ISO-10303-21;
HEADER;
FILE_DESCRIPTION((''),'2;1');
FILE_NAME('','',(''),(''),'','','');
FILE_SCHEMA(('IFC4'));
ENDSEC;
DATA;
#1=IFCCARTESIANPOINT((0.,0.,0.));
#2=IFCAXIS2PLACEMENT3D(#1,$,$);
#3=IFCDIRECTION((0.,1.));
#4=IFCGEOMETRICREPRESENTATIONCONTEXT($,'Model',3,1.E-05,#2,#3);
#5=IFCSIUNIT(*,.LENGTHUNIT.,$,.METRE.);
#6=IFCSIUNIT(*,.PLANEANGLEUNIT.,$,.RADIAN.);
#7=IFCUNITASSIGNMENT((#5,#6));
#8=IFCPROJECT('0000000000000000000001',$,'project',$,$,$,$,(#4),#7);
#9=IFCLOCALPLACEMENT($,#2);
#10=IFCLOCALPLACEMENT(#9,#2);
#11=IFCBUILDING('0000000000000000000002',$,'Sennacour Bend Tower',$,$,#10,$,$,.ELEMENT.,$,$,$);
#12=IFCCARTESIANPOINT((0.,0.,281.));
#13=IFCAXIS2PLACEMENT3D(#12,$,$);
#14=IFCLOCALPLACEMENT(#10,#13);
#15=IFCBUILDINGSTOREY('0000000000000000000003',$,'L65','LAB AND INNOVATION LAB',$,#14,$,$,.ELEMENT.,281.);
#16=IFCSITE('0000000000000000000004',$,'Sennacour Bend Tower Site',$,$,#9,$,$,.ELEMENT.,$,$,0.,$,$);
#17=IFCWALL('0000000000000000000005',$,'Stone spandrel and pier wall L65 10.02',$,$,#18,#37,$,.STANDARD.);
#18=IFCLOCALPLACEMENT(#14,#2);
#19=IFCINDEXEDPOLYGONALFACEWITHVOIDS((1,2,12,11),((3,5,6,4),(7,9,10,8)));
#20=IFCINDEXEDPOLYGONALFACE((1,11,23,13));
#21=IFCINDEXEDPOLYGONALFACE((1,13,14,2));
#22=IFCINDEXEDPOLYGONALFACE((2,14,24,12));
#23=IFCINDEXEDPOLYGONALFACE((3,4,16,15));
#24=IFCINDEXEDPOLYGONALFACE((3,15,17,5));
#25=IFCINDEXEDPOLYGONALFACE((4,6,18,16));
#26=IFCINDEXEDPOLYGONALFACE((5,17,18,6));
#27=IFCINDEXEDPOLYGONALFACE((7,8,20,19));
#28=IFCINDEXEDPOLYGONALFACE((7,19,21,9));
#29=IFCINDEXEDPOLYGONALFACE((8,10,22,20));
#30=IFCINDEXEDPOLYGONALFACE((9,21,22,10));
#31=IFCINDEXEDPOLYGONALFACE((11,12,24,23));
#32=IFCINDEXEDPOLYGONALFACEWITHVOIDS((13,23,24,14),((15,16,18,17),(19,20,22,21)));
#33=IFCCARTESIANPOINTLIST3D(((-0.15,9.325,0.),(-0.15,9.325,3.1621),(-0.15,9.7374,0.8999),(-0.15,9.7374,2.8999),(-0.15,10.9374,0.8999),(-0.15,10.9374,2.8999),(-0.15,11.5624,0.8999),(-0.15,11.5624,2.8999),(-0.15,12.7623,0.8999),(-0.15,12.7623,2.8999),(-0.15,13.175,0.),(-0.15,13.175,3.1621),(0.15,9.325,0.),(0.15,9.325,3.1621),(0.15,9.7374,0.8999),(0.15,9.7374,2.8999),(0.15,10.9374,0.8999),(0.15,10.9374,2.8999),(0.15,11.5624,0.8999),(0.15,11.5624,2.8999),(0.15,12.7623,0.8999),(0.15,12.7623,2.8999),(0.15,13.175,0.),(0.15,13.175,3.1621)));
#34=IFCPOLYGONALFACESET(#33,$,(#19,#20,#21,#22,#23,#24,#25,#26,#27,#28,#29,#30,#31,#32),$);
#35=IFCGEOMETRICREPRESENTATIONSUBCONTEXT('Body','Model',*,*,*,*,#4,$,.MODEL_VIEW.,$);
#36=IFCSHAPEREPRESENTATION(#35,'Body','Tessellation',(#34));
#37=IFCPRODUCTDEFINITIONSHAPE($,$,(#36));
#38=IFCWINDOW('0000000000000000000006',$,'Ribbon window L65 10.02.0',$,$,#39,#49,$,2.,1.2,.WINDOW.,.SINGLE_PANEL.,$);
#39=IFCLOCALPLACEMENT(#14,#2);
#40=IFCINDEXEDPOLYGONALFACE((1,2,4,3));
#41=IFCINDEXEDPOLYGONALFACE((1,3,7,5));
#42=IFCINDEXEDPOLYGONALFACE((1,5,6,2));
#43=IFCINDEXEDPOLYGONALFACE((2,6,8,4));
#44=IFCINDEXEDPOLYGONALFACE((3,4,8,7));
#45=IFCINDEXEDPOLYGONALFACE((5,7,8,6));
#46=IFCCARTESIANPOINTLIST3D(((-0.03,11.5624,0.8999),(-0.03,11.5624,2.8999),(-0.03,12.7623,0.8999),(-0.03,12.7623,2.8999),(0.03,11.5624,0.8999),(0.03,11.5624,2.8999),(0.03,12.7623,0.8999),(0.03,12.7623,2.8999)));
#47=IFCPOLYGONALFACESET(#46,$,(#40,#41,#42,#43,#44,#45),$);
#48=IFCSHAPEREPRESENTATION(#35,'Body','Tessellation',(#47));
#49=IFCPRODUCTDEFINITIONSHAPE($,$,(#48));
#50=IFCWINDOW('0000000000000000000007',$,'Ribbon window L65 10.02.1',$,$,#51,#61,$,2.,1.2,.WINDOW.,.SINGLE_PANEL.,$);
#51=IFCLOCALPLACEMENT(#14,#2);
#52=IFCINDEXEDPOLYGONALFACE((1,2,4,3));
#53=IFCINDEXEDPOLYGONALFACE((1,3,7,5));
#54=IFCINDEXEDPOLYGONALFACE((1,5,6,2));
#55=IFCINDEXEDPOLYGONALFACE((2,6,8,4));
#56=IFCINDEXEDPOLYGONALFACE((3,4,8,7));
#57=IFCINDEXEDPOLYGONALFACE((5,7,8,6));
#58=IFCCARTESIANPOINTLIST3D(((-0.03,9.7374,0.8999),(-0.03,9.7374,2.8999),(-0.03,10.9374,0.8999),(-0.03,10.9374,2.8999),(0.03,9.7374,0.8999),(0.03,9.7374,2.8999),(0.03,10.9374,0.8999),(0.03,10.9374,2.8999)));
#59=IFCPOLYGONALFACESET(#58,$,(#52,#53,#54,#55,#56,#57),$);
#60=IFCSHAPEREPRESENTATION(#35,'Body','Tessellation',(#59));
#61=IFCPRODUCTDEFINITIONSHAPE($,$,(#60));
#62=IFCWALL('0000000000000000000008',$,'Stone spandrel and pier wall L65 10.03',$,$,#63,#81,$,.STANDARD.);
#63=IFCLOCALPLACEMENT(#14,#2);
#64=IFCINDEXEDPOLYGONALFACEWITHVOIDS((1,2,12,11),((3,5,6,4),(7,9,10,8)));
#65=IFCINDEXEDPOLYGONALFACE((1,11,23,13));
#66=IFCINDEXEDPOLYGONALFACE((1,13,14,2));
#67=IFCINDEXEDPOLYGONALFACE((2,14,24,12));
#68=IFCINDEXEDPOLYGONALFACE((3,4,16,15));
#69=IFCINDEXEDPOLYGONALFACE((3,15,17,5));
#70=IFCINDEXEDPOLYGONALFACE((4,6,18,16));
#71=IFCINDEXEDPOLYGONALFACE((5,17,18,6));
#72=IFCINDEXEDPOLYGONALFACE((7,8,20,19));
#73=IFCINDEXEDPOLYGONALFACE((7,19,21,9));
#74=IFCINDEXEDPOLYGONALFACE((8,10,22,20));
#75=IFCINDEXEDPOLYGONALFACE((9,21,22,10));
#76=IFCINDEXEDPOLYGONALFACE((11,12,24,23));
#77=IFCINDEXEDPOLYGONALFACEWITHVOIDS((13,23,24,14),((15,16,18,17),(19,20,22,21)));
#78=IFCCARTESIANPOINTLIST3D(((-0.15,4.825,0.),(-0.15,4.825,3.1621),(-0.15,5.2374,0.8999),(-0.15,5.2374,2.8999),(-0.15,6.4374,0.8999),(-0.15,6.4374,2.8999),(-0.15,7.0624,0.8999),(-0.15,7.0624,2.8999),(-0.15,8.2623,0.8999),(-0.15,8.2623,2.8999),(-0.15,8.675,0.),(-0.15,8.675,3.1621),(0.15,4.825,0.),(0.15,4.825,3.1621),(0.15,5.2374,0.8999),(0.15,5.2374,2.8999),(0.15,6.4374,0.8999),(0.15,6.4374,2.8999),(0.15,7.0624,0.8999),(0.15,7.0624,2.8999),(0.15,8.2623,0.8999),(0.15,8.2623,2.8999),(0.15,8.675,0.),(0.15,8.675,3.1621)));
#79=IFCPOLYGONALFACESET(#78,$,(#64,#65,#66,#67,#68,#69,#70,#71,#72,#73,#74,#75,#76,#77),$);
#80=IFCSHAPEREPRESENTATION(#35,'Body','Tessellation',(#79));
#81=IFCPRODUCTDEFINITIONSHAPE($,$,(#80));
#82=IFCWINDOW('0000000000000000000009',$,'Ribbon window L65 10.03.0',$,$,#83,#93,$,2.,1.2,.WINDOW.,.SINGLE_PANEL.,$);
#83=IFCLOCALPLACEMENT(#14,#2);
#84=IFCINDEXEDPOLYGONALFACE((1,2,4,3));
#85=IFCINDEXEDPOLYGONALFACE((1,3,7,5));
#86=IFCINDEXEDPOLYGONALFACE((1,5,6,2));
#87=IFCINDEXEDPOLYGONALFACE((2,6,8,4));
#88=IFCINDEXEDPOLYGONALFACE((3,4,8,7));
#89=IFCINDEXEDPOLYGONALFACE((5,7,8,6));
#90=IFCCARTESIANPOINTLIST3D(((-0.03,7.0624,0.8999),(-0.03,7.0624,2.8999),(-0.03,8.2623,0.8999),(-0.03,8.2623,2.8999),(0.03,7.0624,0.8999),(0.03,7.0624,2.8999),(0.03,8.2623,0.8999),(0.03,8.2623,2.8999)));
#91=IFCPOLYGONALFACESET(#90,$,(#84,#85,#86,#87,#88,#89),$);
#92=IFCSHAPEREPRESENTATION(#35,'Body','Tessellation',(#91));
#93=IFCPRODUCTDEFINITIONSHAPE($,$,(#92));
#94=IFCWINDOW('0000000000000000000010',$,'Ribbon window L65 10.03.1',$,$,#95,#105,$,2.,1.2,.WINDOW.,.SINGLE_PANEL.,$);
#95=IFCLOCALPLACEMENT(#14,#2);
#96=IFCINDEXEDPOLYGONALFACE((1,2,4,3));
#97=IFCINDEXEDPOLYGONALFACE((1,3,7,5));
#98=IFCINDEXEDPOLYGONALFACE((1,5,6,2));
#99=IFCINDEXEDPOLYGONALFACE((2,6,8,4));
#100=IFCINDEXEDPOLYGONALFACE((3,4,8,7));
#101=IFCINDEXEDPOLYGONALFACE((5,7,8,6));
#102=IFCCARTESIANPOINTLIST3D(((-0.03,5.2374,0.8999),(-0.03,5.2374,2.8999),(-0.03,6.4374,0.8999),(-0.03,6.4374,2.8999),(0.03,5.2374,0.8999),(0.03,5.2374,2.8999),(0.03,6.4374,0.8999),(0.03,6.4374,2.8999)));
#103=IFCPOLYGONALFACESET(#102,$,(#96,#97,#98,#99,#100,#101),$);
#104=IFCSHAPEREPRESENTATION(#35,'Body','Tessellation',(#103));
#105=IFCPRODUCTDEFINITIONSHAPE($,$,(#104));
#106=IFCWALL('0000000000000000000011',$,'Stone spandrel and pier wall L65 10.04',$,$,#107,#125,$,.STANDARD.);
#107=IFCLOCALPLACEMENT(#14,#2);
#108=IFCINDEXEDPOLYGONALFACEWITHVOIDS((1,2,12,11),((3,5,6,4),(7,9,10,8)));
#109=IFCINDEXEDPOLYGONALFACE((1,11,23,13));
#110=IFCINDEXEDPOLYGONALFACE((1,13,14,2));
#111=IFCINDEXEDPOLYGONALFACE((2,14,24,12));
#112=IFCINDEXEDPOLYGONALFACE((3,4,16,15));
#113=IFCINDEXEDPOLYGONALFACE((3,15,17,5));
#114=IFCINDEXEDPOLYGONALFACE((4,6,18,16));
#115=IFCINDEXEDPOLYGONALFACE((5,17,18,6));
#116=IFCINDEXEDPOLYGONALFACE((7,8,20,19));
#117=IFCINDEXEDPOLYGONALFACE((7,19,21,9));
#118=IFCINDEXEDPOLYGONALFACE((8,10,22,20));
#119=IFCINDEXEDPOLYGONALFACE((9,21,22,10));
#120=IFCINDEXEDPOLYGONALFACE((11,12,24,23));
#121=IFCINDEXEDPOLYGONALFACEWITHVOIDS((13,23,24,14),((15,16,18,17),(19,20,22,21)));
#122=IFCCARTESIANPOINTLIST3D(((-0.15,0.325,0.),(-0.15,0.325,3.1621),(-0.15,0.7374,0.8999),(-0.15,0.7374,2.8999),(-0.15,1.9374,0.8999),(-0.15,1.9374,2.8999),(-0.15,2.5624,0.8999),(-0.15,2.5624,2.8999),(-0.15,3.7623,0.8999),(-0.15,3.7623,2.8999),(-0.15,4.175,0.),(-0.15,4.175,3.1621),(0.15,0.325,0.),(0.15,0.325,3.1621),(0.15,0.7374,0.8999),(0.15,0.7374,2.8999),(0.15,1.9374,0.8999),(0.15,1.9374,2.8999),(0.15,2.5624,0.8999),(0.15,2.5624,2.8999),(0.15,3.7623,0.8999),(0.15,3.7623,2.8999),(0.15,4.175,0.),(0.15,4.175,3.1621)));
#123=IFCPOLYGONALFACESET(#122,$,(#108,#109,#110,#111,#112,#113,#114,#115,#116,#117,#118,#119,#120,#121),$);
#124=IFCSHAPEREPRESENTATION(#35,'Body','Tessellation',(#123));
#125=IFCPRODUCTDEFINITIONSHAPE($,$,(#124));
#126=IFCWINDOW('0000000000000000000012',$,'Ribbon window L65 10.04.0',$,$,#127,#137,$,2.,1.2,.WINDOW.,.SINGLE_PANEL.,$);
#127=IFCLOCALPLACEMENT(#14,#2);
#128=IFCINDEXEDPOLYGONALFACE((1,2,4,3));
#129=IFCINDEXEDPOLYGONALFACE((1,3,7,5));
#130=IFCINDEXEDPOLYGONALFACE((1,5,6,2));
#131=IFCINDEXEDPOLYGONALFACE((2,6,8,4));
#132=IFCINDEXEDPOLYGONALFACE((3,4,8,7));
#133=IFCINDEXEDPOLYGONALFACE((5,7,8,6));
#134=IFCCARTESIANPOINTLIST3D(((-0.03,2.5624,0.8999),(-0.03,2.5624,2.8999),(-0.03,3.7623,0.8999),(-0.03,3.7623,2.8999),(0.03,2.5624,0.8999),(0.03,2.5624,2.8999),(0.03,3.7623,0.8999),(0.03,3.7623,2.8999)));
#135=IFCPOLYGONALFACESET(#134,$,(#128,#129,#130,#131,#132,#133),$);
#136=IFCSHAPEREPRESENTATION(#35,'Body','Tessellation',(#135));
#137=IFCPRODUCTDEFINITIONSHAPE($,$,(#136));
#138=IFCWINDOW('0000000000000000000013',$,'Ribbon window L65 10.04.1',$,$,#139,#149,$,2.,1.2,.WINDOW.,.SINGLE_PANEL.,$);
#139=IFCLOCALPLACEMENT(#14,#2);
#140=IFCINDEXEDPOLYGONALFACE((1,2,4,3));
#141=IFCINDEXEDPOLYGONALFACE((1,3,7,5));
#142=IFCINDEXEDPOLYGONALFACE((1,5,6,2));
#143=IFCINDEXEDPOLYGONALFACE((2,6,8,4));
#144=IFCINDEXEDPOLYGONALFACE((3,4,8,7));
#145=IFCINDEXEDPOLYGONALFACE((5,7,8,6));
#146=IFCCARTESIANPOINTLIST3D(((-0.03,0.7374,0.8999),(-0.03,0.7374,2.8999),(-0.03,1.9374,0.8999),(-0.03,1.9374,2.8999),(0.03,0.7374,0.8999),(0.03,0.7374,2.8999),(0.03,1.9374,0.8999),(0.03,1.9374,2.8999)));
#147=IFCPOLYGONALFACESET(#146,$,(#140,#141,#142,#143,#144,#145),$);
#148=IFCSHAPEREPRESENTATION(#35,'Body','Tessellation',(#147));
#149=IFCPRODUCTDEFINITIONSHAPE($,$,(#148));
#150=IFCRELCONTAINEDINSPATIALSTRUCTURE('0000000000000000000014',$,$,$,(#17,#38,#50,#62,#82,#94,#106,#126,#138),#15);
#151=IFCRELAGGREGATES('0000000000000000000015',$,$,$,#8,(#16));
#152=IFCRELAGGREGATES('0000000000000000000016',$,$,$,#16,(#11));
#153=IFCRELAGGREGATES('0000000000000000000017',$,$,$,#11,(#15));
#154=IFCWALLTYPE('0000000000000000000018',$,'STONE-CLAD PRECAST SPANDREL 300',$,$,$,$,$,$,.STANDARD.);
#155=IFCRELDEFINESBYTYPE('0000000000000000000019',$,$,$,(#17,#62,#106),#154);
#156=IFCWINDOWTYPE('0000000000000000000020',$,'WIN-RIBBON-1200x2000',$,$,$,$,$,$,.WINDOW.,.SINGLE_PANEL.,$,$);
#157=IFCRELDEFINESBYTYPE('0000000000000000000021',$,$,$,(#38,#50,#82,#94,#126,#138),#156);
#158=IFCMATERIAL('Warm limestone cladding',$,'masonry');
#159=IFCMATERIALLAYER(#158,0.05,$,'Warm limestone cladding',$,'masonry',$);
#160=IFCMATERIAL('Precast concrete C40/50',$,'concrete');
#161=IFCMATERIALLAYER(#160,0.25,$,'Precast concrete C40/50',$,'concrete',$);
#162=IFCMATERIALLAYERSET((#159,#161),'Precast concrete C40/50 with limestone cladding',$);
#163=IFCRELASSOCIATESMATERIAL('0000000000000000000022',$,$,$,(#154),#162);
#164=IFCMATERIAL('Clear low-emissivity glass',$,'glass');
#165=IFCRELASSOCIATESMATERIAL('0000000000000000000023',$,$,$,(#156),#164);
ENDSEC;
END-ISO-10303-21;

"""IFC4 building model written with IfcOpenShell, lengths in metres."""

from ifc_helpers import new_model, si_unit, direction, frame, frame_2d, origin, place, context, subcontext, project, spatial, rectangle, extrude, material, layer, layer_set, type_object, element, fill, save


model = new_model("IFC4")

# Units and contexts
model_context = context("Model", 3, precision=1e-05, world=origin(), true_north=direction((0.0, 1.0)))
body_context = subcontext(model_context, "Body", "Model", "MODEL_VIEW")
ifc_project = project(units=[si_unit("LENGTHUNIT", "METRE"), si_unit("PLANEANGLEUNIT", "RADIAN")], contexts=[model_context])

# Site, building, storey
site_placement = place(None, origin())
site = spatial("IfcSite", under=ifc_project, at=site_placement, Name="Sennacour Bend Tower Site", CompositionType="ELEMENT", RefElevation=0.0)
building_placement = place(site_placement, origin())
building = spatial("IfcBuilding", under=site, at=building_placement, Name="Sennacour Bend Tower", CompositionType="ELEMENT")
storey_placement = place(building_placement, frame((0.0, 0.0, 281.0)))
storey = spatial("IfcBuildingStorey", under=building, at=storey_placement, Name="L65", Description="LAB AND INNOVATION LAB", CompositionType="ELEMENT", Elevation=281.0)

# Walls, openings, windows
ifc_material_1 = material(Name="Warm limestone cladding", Category="masonry")
ifc_layer_1 = layer(ifc_material_1, 0.05, Name="Warm limestone cladding", Category="masonry")
ifc_material_2 = material(Name="Precast concrete C40/50", Category="concrete")
ifc_layer_2 = layer(ifc_material_2, 0.25, Name="Precast concrete C40/50", Category="concrete")
ifc_layer_set_1 = layer_set([ifc_layer_1, ifc_layer_2], Name="Precast concrete C40/50 with limestone cladding")
wall_type_1 = type_object("IfcWallType", Name="STONE-CLAD PRECAST SPANDREL 300", PredefinedType="STANDARD", material=ifc_layer_set_1)
wall_1_placement = place(storey_placement, frame((0.0, 13.175, 0.0), z_axis=(0.0, 0.0, 1.0), x_axis=(0.0, -1.0, 0.0)))
wall_1 = element("IfcWall", 1, at=wall_1_placement, inside=storey, type_object=wall_type_1, Name="Stone spandrel and pier wall L65 10.02", PredefinedType="STANDARD", context=body_context, shape_type="SweptSolid", body=[
    extrude(rectangle(XDim=3.8501, YDim=0.3, at=frame_2d((1.925, 0.0))), origin(), (0.0, 0.0, 1.0), 3.1621),
])
opening_1_placement = place(wall_1_placement, frame((0.4126, 0.0, 0.8999)))
opening_1 = element("IfcOpeningElement", 2, at=opening_1_placement, cuts=wall_1, PredefinedType="OPENING", context=body_context, shape_type="SweptSolid", body=[
    extrude(rectangle(XDim=1.2, YDim=2.0, at=frame_2d((0.6001, 1.0))), frame((0.0, 0.1602, 0.0), z_axis=(0.0, -1.0, 0.0), x_axis=(1.0, 0.0, 0.0)), (0.0, 0.0, 1.0), 0.3201),
])
opening_2_placement = place(wall_1_placement, frame((2.2375, 0.0, 0.8999)))
opening_2 = element("IfcOpeningElement", 3, at=opening_2_placement, cuts=wall_1, PredefinedType="OPENING", context=body_context, shape_type="SweptSolid", body=[
    extrude(rectangle(XDim=1.2, YDim=2.0, at=frame_2d((0.6001, 1.0))), frame((0.0, 0.1602, 0.0), z_axis=(0.0, -1.0, 0.0), x_axis=(1.0, 0.0, 0.0)), (0.0, 0.0, 1.0), 0.3201),
])
ifc_material_3 = material(Name="Clear low-emissivity glass", Category="glass")
window_type = type_object("IfcWindowType", Name="WIN-RIBBON-1200x2000", PartitioningType="SINGLE_PANEL", PredefinedType="WINDOW", material=ifc_material_3)
window_1_placement = place(opening_1_placement, origin())
window_1 = element("IfcWindow", 4, at=window_1_placement, inside=storey, type_object=window_type, Name="Ribbon window L65 10.02.0", OverallHeight=2.0, OverallWidth=1.2, PartitioningType="SINGLE_PANEL", PredefinedType="WINDOW", context=body_context, shape_type="SweptSolid", body=[
    extrude(rectangle(XDim=1.2, YDim=2.0, at=frame_2d((0.6001, 1.0))), frame((0.0, 0.03, 0.0), z_axis=(0.0, -1.0, 0.0), x_axis=(1.0, 0.0, 0.0)), (0.0, 0.0, 1.0), 0.0601),
])
fill(opening_1, window_1)
window_2_placement = place(opening_2_placement, origin())
window_2 = element("IfcWindow", 5, at=window_2_placement, inside=storey, type_object=window_type, Name="Ribbon window L65 10.02.1", OverallHeight=2.0, OverallWidth=1.2, PartitioningType="SINGLE_PANEL", PredefinedType="WINDOW", context=body_context, shape_type="SweptSolid", body=[
    extrude(rectangle(XDim=1.2, YDim=2.0, at=frame_2d((0.6001, 1.0))), frame((0.0, 0.03, 0.0), z_axis=(0.0, -1.0, 0.0), x_axis=(1.0, 0.0, 0.0)), (0.0, 0.0, 1.0), 0.0601),
])
fill(opening_2, window_2)
wall_2_placement = place(storey_placement, frame((0.0, 8.675, 0.0), z_axis=(0.0, 0.0, 1.0), x_axis=(0.0, -1.0, 0.0)))
wall_2 = element("IfcWall", 6, at=wall_2_placement, inside=storey, type_object=wall_type_1, Name="Stone spandrel and pier wall L65 10.03", PredefinedType="STANDARD", context=body_context, shape_type="SweptSolid", body=[
    extrude(rectangle(XDim=3.8501, YDim=0.3, at=frame_2d((1.925, 0.0))), origin(), (0.0, 0.0, 1.0), 3.1621),
])
opening_3_placement = place(wall_2_placement, frame((0.4126, 0.0, 0.8999)))
opening_3 = element("IfcOpeningElement", 7, at=opening_3_placement, cuts=wall_2, PredefinedType="OPENING", context=body_context, shape_type="SweptSolid", body=[
    extrude(rectangle(XDim=1.2, YDim=2.0, at=frame_2d((0.6001, 1.0))), frame((0.0, 0.1602, 0.0), z_axis=(0.0, -1.0, 0.0), x_axis=(1.0, 0.0, 0.0)), (0.0, 0.0, 1.0), 0.3201),
])
opening_4_placement = place(wall_2_placement, frame((2.2375, 0.0, 0.8999)))
opening_4 = element("IfcOpeningElement", 8, at=opening_4_placement, cuts=wall_2, PredefinedType="OPENING", context=body_context, shape_type="SweptSolid", body=[
    extrude(rectangle(XDim=1.2, YDim=2.0, at=frame_2d((0.6001, 1.0))), frame((0.0, 0.1602, 0.0), z_axis=(0.0, -1.0, 0.0), x_axis=(1.0, 0.0, 0.0)), (0.0, 0.0, 1.0), 0.3201),
])
window_3_placement = place(opening_3_placement, origin())
window_3 = element("IfcWindow", 9, at=window_3_placement, inside=storey, type_object=window_type, Name="Ribbon window L65 10.03.0", OverallHeight=2.0, OverallWidth=1.2, PartitioningType="SINGLE_PANEL", PredefinedType="WINDOW", context=body_context, shape_type="SweptSolid", body=[
    extrude(rectangle(XDim=1.2, YDim=2.0, at=frame_2d((0.6001, 1.0))), frame((0.0, 0.03, 0.0), z_axis=(0.0, -1.0, 0.0), x_axis=(1.0, 0.0, 0.0)), (0.0, 0.0, 1.0), 0.0601),
])
fill(opening_3, window_3)
window_4_placement = place(opening_4_placement, origin())
window_4 = element("IfcWindow", 10, at=window_4_placement, inside=storey, type_object=window_type, Name="Ribbon window L65 10.03.1", OverallHeight=2.0, OverallWidth=1.2, PartitioningType="SINGLE_PANEL", PredefinedType="WINDOW", context=body_context, shape_type="SweptSolid", body=[
    extrude(rectangle(XDim=1.2, YDim=2.0, at=frame_2d((0.6001, 1.0))), frame((0.0, 0.03, 0.0), z_axis=(0.0, -1.0, 0.0), x_axis=(1.0, 0.0, 0.0)), (0.0, 0.0, 1.0), 0.0601),
])
fill(opening_4, window_4)
wall_3_placement = place(storey_placement, frame((0.0, 4.175, 0.0), z_axis=(0.0, 0.0, 1.0), x_axis=(0.0, -1.0, 0.0)))
wall_3 = element("IfcWall", 11, at=wall_3_placement, inside=storey, type_object=wall_type_1, Name="Stone spandrel and pier wall L65 10.04", PredefinedType="STANDARD", context=body_context, shape_type="SweptSolid", body=[
    extrude(rectangle(XDim=3.8501, YDim=0.3, at=frame_2d((1.925, 0.0))), origin(), (0.0, 0.0, 1.0), 3.1621),
])
opening_5_placement = place(wall_3_placement, frame((0.4126, 0.0, 0.8999)))
opening_5 = element("IfcOpeningElement", 12, at=opening_5_placement, cuts=wall_3, PredefinedType="OPENING", context=body_context, shape_type="SweptSolid", body=[
    extrude(rectangle(XDim=1.2, YDim=2.0, at=frame_2d((0.6001, 1.0))), frame((0.0, 0.1602, 0.0), z_axis=(0.0, -1.0, 0.0), x_axis=(1.0, 0.0, 0.0)), (0.0, 0.0, 1.0), 0.3201),
])
opening_6_placement = place(wall_3_placement, frame((2.2375, 0.0, 0.8999)))
opening_6 = element("IfcOpeningElement", 13, at=opening_6_placement, cuts=wall_3, PredefinedType="OPENING", context=body_context, shape_type="SweptSolid", body=[
    extrude(rectangle(XDim=1.2, YDim=2.0, at=frame_2d((0.6001, 1.0))), frame((0.0, 0.1602, 0.0), z_axis=(0.0, -1.0, 0.0), x_axis=(1.0, 0.0, 0.0)), (0.0, 0.0, 1.0), 0.3201),
])
window_5_placement = place(opening_5_placement, origin())
window_5 = element("IfcWindow", 14, at=window_5_placement, inside=storey, type_object=window_type, Name="Ribbon window L65 10.04.0", OverallHeight=2.0, OverallWidth=1.2, PartitioningType="SINGLE_PANEL", PredefinedType="WINDOW", context=body_context, shape_type="SweptSolid", body=[
    extrude(rectangle(XDim=1.2, YDim=2.0, at=frame_2d((0.6001, 1.0))), frame((0.0, 0.03, 0.0), z_axis=(0.0, -1.0, 0.0), x_axis=(1.0, 0.0, 0.0)), (0.0, 0.0, 1.0), 0.0601),
])
fill(opening_5, window_5)
window_6_placement = place(opening_6_placement, origin())
window_6 = element("IfcWindow", 15, at=window_6_placement, inside=storey, type_object=window_type, Name="Ribbon window L65 10.04.1", OverallHeight=2.0, OverallWidth=1.2, PartitioningType="SINGLE_PANEL", PredefinedType="WINDOW", context=body_context, shape_type="SweptSolid", body=[
    extrude(rectangle(XDim=1.2, YDim=2.0, at=frame_2d((0.6001, 1.0))), frame((0.0, 0.03, 0.0), z_axis=(0.0, -1.0, 0.0), x_axis=(1.0, 0.0, 0.0)), (0.0, 0.0, 1.0), 0.0601),
])
fill(opening_6, window_6)

save(model, "model.ifc")
